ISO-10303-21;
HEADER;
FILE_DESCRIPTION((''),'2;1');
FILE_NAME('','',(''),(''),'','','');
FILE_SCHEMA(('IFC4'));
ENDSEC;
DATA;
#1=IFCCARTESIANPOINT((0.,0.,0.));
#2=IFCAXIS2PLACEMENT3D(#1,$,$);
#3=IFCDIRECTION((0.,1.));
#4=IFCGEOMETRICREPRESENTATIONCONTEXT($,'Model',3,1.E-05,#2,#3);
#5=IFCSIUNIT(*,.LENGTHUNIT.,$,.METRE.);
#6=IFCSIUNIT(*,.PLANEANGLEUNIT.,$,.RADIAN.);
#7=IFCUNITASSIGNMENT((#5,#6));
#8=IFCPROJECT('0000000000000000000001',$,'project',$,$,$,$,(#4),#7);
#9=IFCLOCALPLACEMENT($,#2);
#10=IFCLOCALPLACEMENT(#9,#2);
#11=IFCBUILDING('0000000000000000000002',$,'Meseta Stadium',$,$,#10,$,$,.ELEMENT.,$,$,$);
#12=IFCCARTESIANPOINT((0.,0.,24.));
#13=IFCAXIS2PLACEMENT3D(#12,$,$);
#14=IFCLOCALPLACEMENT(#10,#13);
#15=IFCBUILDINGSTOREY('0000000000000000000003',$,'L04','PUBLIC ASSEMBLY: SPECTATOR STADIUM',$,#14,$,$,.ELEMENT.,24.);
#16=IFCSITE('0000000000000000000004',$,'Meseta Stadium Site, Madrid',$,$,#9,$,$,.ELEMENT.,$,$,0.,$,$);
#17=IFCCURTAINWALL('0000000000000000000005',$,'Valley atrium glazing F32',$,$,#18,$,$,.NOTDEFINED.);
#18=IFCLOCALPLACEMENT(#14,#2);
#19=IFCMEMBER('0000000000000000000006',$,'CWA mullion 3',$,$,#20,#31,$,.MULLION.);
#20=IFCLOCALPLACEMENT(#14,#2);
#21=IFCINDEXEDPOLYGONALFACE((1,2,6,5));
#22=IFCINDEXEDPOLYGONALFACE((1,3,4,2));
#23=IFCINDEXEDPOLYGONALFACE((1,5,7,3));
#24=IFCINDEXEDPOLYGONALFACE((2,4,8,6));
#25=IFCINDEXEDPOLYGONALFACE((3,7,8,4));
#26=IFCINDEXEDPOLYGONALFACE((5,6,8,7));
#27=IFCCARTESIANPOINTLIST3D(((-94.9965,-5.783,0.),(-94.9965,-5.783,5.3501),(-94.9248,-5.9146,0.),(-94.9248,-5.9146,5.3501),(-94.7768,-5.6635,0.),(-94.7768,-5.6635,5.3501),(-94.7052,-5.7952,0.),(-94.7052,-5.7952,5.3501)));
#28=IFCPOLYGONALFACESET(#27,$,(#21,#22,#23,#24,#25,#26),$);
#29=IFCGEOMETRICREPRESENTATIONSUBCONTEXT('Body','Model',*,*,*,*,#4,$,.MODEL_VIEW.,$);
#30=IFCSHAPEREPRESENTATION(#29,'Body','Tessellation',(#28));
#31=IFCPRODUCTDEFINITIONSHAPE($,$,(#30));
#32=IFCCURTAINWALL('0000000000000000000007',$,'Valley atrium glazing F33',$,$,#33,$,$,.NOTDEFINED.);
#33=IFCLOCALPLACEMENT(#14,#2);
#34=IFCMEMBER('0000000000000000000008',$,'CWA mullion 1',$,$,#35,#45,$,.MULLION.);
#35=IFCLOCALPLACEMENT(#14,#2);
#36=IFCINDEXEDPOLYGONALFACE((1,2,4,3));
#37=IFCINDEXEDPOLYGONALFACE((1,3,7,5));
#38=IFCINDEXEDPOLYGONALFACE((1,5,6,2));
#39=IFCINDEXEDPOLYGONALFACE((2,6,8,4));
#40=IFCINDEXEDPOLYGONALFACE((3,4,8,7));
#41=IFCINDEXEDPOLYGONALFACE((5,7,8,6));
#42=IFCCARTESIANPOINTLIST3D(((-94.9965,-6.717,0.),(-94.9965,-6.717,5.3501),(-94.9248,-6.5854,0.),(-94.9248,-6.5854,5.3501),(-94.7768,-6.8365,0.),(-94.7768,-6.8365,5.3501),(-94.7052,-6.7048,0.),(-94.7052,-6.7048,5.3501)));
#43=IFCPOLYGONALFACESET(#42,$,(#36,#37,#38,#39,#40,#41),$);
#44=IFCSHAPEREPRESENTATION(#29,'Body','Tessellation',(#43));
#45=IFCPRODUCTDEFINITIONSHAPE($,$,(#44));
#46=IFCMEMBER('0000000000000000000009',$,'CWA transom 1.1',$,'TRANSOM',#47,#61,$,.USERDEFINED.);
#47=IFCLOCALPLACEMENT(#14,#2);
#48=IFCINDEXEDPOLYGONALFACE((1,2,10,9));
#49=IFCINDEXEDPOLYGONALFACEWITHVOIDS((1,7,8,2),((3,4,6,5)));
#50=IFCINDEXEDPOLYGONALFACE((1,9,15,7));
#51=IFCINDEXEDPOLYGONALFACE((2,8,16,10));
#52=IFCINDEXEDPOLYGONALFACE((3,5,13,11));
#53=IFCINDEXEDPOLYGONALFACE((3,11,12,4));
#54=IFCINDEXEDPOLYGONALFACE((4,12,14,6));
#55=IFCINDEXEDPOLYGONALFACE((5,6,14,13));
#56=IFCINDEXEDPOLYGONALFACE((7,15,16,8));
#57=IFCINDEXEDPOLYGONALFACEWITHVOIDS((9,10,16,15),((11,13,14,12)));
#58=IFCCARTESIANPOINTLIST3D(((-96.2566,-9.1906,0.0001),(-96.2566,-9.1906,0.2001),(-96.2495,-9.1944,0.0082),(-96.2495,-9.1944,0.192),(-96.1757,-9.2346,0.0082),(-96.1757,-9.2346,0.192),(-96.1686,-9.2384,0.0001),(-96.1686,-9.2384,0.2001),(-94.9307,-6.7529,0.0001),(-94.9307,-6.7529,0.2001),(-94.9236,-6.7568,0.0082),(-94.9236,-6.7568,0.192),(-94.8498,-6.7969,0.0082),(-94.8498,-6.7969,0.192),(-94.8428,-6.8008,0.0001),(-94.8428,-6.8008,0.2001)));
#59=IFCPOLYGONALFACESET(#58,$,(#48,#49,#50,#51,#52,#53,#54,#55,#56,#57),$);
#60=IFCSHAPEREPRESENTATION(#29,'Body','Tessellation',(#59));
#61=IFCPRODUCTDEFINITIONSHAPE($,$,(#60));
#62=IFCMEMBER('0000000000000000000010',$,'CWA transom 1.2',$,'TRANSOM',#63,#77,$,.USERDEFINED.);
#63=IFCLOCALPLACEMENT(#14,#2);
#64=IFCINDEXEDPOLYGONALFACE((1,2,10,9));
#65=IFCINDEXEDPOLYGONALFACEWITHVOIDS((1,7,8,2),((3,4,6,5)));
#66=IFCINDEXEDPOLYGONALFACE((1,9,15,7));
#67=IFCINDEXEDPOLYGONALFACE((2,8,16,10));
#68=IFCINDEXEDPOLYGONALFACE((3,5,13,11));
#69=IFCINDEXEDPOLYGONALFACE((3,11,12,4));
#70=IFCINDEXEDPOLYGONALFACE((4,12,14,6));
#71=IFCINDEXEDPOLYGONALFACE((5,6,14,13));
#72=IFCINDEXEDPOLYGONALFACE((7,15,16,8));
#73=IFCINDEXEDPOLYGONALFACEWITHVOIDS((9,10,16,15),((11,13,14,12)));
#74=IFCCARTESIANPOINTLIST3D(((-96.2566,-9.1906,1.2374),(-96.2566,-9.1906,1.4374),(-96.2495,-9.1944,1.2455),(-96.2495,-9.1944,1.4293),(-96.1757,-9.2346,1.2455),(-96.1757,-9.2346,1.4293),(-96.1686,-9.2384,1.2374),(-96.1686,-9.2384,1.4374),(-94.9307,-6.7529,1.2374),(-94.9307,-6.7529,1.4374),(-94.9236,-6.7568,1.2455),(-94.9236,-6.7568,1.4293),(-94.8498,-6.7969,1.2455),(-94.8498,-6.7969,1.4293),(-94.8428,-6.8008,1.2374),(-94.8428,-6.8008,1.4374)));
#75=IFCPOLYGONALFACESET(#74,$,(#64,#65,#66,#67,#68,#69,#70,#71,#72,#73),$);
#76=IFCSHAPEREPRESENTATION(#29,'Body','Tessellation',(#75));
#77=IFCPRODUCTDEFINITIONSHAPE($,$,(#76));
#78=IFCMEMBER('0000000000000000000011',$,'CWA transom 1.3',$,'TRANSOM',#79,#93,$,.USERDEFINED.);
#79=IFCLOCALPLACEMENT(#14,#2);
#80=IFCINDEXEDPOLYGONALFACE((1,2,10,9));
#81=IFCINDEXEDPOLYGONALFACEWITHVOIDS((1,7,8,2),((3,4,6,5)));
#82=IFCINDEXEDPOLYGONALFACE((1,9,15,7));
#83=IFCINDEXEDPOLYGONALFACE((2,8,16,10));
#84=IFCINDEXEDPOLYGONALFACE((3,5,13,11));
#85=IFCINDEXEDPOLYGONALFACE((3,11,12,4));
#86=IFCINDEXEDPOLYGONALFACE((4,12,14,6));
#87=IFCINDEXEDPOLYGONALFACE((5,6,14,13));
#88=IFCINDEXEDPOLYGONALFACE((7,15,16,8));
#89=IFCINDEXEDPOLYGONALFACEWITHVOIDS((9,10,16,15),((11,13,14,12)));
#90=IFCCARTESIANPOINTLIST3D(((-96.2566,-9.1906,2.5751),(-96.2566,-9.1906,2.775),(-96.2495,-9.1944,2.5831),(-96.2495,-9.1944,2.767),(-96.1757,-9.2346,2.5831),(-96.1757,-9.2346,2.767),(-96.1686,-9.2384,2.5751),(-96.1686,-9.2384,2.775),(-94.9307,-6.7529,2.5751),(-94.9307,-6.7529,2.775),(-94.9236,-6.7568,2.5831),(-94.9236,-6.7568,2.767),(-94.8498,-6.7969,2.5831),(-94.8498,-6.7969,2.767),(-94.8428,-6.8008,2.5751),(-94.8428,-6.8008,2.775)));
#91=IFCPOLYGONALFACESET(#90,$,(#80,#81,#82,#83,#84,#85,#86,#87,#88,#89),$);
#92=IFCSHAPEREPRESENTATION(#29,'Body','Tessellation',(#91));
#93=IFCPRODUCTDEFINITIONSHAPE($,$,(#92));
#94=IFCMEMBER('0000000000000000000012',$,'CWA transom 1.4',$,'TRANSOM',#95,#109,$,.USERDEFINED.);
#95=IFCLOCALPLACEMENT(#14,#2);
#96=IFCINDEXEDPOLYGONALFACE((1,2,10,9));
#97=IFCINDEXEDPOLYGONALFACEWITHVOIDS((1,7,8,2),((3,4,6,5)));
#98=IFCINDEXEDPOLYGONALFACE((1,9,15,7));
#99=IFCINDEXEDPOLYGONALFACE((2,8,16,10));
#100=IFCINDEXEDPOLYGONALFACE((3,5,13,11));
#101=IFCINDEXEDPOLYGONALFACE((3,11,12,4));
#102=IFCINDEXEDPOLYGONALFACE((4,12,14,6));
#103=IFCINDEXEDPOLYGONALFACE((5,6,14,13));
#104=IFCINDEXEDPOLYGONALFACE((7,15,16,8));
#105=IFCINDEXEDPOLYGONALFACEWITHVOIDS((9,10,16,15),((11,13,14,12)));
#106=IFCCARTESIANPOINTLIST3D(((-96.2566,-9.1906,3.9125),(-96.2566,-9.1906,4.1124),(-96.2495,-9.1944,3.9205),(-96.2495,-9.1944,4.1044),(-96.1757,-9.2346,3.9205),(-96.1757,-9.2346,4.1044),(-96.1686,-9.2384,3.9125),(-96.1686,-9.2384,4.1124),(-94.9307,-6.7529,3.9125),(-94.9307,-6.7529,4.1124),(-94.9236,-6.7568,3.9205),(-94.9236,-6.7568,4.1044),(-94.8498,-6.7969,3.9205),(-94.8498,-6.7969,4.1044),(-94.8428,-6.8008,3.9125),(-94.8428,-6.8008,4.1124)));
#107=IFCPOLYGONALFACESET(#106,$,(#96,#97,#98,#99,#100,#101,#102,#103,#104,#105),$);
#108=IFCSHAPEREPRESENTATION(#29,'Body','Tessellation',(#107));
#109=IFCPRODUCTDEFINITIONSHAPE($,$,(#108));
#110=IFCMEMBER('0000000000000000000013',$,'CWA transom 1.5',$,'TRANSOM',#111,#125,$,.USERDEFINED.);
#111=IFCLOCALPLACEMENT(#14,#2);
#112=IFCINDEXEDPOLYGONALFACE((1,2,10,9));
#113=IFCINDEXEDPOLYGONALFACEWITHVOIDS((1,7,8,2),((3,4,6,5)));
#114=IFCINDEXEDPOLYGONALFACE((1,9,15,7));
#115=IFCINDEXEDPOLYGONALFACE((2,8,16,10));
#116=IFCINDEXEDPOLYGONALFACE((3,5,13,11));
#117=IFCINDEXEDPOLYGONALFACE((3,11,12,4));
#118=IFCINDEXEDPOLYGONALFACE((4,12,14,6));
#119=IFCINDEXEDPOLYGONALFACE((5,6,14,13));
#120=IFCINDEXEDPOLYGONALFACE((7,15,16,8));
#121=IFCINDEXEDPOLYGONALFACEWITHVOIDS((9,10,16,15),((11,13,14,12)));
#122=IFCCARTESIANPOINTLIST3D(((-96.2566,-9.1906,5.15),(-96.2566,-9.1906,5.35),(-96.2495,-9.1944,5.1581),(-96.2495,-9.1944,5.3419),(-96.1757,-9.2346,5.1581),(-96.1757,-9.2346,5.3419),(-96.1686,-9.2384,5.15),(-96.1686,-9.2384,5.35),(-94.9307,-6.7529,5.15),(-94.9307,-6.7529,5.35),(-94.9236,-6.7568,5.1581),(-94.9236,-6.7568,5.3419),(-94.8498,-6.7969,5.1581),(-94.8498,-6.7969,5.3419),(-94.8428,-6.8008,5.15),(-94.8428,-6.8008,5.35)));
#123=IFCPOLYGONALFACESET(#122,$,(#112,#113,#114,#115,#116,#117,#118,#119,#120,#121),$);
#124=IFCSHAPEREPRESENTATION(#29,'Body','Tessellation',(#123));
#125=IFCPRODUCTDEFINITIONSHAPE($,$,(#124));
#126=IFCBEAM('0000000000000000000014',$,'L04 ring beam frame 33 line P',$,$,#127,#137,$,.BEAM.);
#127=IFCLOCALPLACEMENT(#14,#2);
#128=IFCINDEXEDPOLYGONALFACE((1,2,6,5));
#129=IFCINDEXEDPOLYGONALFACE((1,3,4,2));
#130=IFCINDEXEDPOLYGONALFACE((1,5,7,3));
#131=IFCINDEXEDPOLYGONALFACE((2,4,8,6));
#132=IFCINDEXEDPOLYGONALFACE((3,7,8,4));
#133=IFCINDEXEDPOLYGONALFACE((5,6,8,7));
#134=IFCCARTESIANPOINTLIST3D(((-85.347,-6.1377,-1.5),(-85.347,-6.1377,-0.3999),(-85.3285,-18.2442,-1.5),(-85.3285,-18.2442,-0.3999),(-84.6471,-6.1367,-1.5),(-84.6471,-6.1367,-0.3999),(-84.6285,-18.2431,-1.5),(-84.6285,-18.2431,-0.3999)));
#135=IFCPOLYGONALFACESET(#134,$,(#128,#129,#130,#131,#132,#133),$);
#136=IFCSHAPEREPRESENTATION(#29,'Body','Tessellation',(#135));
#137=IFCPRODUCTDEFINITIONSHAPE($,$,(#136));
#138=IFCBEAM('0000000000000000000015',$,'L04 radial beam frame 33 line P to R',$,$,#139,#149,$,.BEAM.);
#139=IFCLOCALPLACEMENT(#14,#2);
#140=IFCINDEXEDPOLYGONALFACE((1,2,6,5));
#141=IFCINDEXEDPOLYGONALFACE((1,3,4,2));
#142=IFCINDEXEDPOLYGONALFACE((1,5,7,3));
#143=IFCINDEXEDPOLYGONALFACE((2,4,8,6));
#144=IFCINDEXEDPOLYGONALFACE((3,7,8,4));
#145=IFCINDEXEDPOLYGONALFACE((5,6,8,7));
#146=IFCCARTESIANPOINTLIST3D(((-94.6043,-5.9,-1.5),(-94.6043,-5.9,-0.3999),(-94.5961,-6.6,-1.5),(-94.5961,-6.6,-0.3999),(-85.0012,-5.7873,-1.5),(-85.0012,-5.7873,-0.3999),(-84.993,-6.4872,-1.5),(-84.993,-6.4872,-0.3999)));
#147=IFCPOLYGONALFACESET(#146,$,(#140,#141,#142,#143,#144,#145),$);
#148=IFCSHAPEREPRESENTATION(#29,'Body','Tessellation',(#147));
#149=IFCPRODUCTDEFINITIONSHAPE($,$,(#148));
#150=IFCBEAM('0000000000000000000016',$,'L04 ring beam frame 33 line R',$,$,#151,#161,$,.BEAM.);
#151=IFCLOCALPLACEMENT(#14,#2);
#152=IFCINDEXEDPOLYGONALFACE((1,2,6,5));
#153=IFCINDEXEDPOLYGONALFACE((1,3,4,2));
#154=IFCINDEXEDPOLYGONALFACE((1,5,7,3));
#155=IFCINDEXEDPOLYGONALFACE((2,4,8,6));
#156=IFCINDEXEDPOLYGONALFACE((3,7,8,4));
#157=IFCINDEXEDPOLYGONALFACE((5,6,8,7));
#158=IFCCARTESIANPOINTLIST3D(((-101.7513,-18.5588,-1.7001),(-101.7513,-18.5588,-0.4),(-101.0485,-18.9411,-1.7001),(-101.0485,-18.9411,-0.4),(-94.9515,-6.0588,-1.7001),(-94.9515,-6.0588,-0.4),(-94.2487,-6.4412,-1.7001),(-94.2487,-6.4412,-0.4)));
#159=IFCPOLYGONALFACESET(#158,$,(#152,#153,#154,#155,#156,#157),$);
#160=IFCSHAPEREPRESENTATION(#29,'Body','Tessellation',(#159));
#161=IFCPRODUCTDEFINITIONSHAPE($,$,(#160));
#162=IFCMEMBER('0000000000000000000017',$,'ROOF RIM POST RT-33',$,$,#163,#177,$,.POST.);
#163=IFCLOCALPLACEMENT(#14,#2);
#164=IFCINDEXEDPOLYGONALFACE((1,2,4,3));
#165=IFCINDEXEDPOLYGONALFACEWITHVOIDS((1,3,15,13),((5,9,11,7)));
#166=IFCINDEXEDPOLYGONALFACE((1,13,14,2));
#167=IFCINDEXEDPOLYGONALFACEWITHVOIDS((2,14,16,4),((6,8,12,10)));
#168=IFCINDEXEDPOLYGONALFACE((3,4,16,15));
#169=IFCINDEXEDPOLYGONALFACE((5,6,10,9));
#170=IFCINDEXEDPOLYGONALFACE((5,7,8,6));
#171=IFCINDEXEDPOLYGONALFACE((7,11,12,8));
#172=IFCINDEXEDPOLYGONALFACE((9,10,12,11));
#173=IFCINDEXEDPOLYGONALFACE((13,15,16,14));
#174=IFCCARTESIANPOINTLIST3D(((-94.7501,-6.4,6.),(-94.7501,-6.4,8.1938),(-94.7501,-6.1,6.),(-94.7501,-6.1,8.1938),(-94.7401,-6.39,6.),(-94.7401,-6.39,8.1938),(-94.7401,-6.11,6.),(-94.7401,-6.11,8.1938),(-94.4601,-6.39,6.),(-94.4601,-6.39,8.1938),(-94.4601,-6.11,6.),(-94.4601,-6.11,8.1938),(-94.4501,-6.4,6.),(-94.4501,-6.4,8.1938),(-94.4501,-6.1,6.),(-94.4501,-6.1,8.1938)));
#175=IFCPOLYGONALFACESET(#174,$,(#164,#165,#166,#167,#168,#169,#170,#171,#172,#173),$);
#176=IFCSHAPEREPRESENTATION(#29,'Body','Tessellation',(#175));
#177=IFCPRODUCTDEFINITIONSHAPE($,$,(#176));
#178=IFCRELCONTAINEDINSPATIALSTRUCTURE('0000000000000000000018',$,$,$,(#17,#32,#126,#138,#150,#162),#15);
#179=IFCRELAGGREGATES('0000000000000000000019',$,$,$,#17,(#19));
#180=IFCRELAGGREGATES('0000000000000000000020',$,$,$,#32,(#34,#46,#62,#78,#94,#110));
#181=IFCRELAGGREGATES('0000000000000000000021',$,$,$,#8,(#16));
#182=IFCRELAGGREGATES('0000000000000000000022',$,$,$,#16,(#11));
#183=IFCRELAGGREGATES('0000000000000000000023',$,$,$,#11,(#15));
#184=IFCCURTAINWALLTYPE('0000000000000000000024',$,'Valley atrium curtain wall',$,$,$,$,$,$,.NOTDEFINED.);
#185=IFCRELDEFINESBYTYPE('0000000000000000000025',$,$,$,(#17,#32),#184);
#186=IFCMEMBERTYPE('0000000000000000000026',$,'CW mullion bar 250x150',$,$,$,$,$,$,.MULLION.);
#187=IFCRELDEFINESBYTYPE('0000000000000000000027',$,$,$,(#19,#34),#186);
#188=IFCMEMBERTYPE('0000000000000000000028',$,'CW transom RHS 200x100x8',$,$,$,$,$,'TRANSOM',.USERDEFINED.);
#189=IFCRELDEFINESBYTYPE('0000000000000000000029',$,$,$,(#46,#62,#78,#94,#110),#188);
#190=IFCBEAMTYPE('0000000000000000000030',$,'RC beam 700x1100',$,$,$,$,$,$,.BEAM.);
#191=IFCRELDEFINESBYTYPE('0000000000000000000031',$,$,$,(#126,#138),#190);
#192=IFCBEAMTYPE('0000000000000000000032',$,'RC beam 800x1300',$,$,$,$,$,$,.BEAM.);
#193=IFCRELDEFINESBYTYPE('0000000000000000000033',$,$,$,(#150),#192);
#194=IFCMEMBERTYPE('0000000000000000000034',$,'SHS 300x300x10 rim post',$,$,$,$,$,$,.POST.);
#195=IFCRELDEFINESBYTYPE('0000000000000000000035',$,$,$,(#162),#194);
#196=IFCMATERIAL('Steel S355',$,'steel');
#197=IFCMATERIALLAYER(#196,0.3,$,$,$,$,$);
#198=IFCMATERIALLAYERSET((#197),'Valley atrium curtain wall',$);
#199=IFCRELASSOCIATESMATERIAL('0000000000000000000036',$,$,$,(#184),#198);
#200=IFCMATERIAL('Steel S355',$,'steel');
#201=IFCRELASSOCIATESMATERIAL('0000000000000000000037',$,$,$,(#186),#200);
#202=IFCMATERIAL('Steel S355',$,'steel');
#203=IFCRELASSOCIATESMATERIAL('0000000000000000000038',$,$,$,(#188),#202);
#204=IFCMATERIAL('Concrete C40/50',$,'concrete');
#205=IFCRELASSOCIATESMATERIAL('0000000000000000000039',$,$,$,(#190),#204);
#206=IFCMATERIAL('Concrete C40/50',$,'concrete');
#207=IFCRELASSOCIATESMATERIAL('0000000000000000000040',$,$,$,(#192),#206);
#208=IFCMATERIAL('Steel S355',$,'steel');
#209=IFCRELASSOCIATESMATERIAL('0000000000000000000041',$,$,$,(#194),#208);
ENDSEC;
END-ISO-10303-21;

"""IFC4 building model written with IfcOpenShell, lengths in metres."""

from ifc_helpers import new_model, si_unit, direction, frame, origin, origin_2d, place, context, subcontext, project, spatial, rectangle, hollow_rectangle, extrude, material, layer, layer_set, material_profile, profile_set, type_object, element, aggregate, save


model = new_model("IFC4")

# Units and contexts
model_context = context("Model", 3, precision=1e-05, world=origin(), true_north=direction((0.0, 1.0)))
body_context = subcontext(model_context, "Body", "Model", "MODEL_VIEW")
ifc_project = project(units=[si_unit("LENGTHUNIT", "METRE"), si_unit("PLANEANGLEUNIT", "RADIAN")], contexts=[model_context])

# Site, building, storey
site_placement = place(None, origin())
site = spatial("IfcSite", under=ifc_project, at=site_placement, Name="Meseta Stadium Site, Madrid", CompositionType="ELEMENT", RefElevation=0.0)
building_placement = place(site_placement, origin())
building = spatial("IfcBuilding", under=site, at=building_placement, Name="Meseta Stadium", CompositionType="ELEMENT")
storey_placement = place(building_placement, frame((0.0, 0.0, 24.0)))
storey = spatial("IfcBuildingStorey", under=building, at=storey_placement, Name="L04", Description="PUBLIC ASSEMBLY: SPECTATOR STADIUM", CompositionType="ELEMENT", Elevation=24.0)

# Curtain wall, member
ifc_material_1 = material(Name="Steel S355", Category="steel")
ifc_layer_1 = layer(ifc_material_1, 0.3)
ifc_layer_set_1 = layer_set([ifc_layer_1], Name="Valley atrium curtain wall")
curtain_wall_type = type_object("IfcCurtainWallType", Name="Valley atrium curtain wall", PredefinedType="NOTDEFINED", material=ifc_layer_set_1)
curtain_wall_1_placement = place(storey_placement, origin())
curtain_wall_1 = element("IfcCurtainWall", 1, at=curtain_wall_1_placement, inside=storey, type_object=curtain_wall_type, Name="Valley atrium glazing F32", PredefinedType="NOTDEFINED")
ifc_material_2 = material(Name="Steel S355", Category="steel")
ifc_material_profile_1 = material_profile(ifc_material_2, rectangle(XDim=0.25, YDim=0.1499, at=origin_2d()), Name="CW 250x150")
ifc_profile_set_1 = profile_set([ifc_material_profile_1], Name="Steel S355")
member_type_1 = type_object("IfcMemberType", Name="CW mullion bar 250x150", PredefinedType="MULLION", material=ifc_profile_set_1)
member_1_placement = place(storey_placement, frame((-94.8508, -5.7891, 0.0), z_axis=(0.0, 0.0, 1.0), x_axis=(0.878432, 0.477867, 0.0)))
member_1 = element("IfcMember", 2, at=member_1_placement, type_object=member_type_1, Name="CWA mullion 3", PredefinedType="MULLION", context=body_context, shape_type="SweptSolid", body=[
    extrude(rectangle(XDim=0.25, YDim=0.1499, at=origin_2d()), origin(), (0.0, 0.0, 1.0), 5.3501),
])
aggregate(curtain_wall_1, [member_1])

# Curtain wall, members
curtain_wall_2_placement = place(storey_placement, origin())
curtain_wall_2 = element("IfcCurtainWall", 3, at=curtain_wall_2_placement, inside=storey, type_object=curtain_wall_type, Name="Valley atrium glazing F33", PredefinedType="NOTDEFINED")
member_2_placement = place(storey_placement, frame((-94.8508, -6.7109, 0.0), z_axis=(0.0, 0.0, 1.0), x_axis=(0.878432, -0.477867, 0.0)))
member_2 = element("IfcMember", 4, at=member_2_placement, type_object=member_type_1, Name="CWA mullion 1", PredefinedType="MULLION", context=body_context, shape_type="SweptSolid", body=[
    extrude(rectangle(XDim=0.25, YDim=0.1499, at=origin_2d()), origin(), (0.0, 0.0, 1.0), 5.3501),
])
ifc_material_3 = material(Name="Steel S355", Category="steel")
ifc_material_profile_2 = material_profile(ifc_material_3, hollow_rectangle(XDim=0.1001, YDim=0.2, WallThickness=0.0081, at=origin_2d()), Name="RHS 200x100x8")
ifc_profile_set_2 = profile_set([ifc_material_profile_2], Name="Steel S355")
member_type_2 = type_object("IfcMemberType", Name="CW transom RHS 200x100x8", ElementType="TRANSOM", PredefinedType="USERDEFINED", material=ifc_profile_set_2)
member_3_placement = place(storey_placement, frame((-94.8867, -6.7769, 0.1001), z_axis=(-0.47781, -0.878463, 0.0), x_axis=(0.878463, -0.47781, 0.0)))
member_3 = element("IfcMember", 5, at=member_3_placement, type_object=member_type_2, Name="CWA transom 1.1", ObjectType="TRANSOM", PredefinedType="USERDEFINED", context=body_context, shape_type="SweptSolid", body=[
    extrude(hollow_rectangle(XDim=0.1001, YDim=0.2, WallThickness=0.0081, at=origin_2d()), origin(), (0.0, 0.0, 1.0), 2.7749),
])
member_4_placement = place(storey_placement, frame((-94.8867, -6.7769, 1.3374), z_axis=(-0.47781, -0.878463, 0.0), x_axis=(0.878463, -0.47781, 0.0)))
member_4 = element("IfcMember", 6, at=member_4_placement, type_object=member_type_2, Name="CWA transom 1.2", ObjectType="TRANSOM", PredefinedType="USERDEFINED", context=body_context, shape_type="SweptSolid", body=[
    extrude(hollow_rectangle(XDim=0.1001, YDim=0.2, WallThickness=0.0081, at=origin_2d()), origin(), (0.0, 0.0, 1.0), 2.7749),
])
member_5_placement = place(storey_placement, frame((-94.8867, -6.7769, 2.675), z_axis=(-0.47781, -0.878463, 0.0), x_axis=(0.878463, -0.47781, 0.0)))
member_5 = element("IfcMember", 7, at=member_5_placement, type_object=member_type_2, Name="CWA transom 1.3", ObjectType="TRANSOM", PredefinedType="USERDEFINED", context=body_context, shape_type="SweptSolid", body=[
    extrude(hollow_rectangle(XDim=0.1001, YDim=0.2, WallThickness=0.0081, at=origin_2d()), origin(), (0.0, 0.0, 1.0), 2.7749),
])
member_6_placement = place(storey_placement, frame((-94.8867, -6.7769, 4.0125), z_axis=(-0.47781, -0.878463, 0.0), x_axis=(0.878463, -0.47781, 0.0)))
member_6 = element("IfcMember", 8, at=member_6_placement, type_object=member_type_2, Name="CWA transom 1.4", ObjectType="TRANSOM", PredefinedType="USERDEFINED", context=body_context, shape_type="SweptSolid", body=[
    extrude(hollow_rectangle(XDim=0.1001, YDim=0.2, WallThickness=0.0081, at=origin_2d()), origin(), (0.0, 0.0, 1.0), 2.7749),
])
member_7_placement = place(storey_placement, frame((-94.8867, -6.7769, 5.25), z_axis=(-0.47781, -0.878463, 0.0), x_axis=(0.878463, -0.47781, 0.0)))
member_7 = element("IfcMember", 9, at=member_7_placement, type_object=member_type_2, Name="CWA transom 1.5", ObjectType="TRANSOM", PredefinedType="USERDEFINED", context=body_context, shape_type="SweptSolid", body=[
    extrude(hollow_rectangle(XDim=0.1001, YDim=0.2, WallThickness=0.0081, at=origin_2d()), origin(), (0.0, 0.0, 1.0), 2.7749),
])
aggregate(curtain_wall_2, [member_2, member_3, member_4, member_5, member_6, member_7])

# Beams
ifc_material_4 = material(Name="Concrete C40/50", Category="concrete")
ifc_material_profile_3 = material_profile(ifc_material_4, rectangle(XDim=0.7, YDim=1.1001, at=origin_2d()), Name="RC 700x1100")
ifc_profile_set_3 = profile_set([ifc_material_profile_3], Name="Concrete C40/50")
beam_type_1 = type_object("IfcBeamType", Name="RC beam 700x1100", PredefinedType="BEAM", material=ifc_profile_set_3)
beam_1_placement = place(storey_placement, frame((-84.9971, -6.1372, -0.95), z_axis=(0.001533, -0.999999, 0.0), x_axis=(0.999999, 0.001533, 0.0)))
element("IfcBeam", 10, at=beam_1_placement, inside=storey, type_object=beam_type_1, Name="L04 ring beam frame 33 line P", PredefinedType="BEAM", context=body_context, shape_type="SweptSolid", body=[
    extrude(rectangle(XDim=0.7, YDim=1.1001, at=origin_2d()), origin(), (0.0, 0.0, 1.0), 12.1064),
])
beam_2_placement = place(storey_placement, frame((-84.9971, -6.1372, -0.95), z_axis=(-0.999931, -0.011745, 0.0), x_axis=(0.011745, -0.999931, 0.0)))
element("IfcBeam", 11, at=beam_2_placement, inside=storey, type_object=beam_type_1, Name="L04 radial beam frame 33 line P to R", PredefinedType="BEAM", context=body_context, shape_type="SweptSolid", body=[
    extrude(rectangle(XDim=0.7, YDim=1.1001, at=origin_2d()), origin(), (0.0, 0.0, 1.0), 9.6038),
])
ifc_material_5 = material(Name="Concrete C40/50", Category="concrete")
ifc_material_profile_4 = material_profile(ifc_material_5, rectangle(XDim=0.8, YDim=1.3, at=origin_2d()), Name="RC 800x1300")
ifc_profile_set_4 = profile_set([ifc_material_profile_4], Name="Concrete C40/50")
beam_type_2 = type_object("IfcBeamType", Name="RC beam 800x1300", PredefinedType="BEAM", material=ifc_profile_set_4)
beam_3_placement = place(storey_placement, frame((-94.6001, -6.25, -1.05), z_axis=(-0.477856, -0.878438, 0.0), x_axis=(0.878438, -0.477856, 0.0)))
element("IfcBeam", 12, at=beam_3_placement, inside=storey, type_object=beam_type_2, Name="L04 ring beam frame 33 line R", PredefinedType="BEAM", context=body_context, shape_type="SweptSolid", body=[
    extrude(rectangle(XDim=0.8, YDim=1.3, at=origin_2d()), origin(), (0.0, 0.0, 1.0), 14.2297),
])

# Member
ifc_material_6 = material(Name="Steel S355", Category="steel")
ifc_material_profile_5 = material_profile(ifc_material_6, hollow_rectangle(XDim=0.3, YDim=0.3, WallThickness=0.01, at=origin_2d()), Name="SHS 300x300x10")
ifc_profile_set_5 = profile_set([ifc_material_profile_5], Name="Steel S355")
member_type_3 = type_object("IfcMemberType", Name="SHS 300x300x10 rim post", PredefinedType="POST", material=ifc_profile_set_5)
member_8_placement = place(storey_placement, frame((-94.6001, -6.25, 6.0), z_axis=(0.0, 0.0, 1.0), x_axis=(1.0, 0.0, 0.0)))
element("IfcMember", 13, at=member_8_placement, inside=storey, type_object=member_type_3, Name="ROOF RIM POST RT-33", PredefinedType="POST", context=body_context, shape_type="SweptSolid", body=[
    extrude(hollow_rectangle(XDim=0.3, YDim=0.3, WallThickness=0.01, at=origin_2d()), origin(), (0.0, 0.0, 1.0), 2.1938),
])

save(model, "model.ifc")
